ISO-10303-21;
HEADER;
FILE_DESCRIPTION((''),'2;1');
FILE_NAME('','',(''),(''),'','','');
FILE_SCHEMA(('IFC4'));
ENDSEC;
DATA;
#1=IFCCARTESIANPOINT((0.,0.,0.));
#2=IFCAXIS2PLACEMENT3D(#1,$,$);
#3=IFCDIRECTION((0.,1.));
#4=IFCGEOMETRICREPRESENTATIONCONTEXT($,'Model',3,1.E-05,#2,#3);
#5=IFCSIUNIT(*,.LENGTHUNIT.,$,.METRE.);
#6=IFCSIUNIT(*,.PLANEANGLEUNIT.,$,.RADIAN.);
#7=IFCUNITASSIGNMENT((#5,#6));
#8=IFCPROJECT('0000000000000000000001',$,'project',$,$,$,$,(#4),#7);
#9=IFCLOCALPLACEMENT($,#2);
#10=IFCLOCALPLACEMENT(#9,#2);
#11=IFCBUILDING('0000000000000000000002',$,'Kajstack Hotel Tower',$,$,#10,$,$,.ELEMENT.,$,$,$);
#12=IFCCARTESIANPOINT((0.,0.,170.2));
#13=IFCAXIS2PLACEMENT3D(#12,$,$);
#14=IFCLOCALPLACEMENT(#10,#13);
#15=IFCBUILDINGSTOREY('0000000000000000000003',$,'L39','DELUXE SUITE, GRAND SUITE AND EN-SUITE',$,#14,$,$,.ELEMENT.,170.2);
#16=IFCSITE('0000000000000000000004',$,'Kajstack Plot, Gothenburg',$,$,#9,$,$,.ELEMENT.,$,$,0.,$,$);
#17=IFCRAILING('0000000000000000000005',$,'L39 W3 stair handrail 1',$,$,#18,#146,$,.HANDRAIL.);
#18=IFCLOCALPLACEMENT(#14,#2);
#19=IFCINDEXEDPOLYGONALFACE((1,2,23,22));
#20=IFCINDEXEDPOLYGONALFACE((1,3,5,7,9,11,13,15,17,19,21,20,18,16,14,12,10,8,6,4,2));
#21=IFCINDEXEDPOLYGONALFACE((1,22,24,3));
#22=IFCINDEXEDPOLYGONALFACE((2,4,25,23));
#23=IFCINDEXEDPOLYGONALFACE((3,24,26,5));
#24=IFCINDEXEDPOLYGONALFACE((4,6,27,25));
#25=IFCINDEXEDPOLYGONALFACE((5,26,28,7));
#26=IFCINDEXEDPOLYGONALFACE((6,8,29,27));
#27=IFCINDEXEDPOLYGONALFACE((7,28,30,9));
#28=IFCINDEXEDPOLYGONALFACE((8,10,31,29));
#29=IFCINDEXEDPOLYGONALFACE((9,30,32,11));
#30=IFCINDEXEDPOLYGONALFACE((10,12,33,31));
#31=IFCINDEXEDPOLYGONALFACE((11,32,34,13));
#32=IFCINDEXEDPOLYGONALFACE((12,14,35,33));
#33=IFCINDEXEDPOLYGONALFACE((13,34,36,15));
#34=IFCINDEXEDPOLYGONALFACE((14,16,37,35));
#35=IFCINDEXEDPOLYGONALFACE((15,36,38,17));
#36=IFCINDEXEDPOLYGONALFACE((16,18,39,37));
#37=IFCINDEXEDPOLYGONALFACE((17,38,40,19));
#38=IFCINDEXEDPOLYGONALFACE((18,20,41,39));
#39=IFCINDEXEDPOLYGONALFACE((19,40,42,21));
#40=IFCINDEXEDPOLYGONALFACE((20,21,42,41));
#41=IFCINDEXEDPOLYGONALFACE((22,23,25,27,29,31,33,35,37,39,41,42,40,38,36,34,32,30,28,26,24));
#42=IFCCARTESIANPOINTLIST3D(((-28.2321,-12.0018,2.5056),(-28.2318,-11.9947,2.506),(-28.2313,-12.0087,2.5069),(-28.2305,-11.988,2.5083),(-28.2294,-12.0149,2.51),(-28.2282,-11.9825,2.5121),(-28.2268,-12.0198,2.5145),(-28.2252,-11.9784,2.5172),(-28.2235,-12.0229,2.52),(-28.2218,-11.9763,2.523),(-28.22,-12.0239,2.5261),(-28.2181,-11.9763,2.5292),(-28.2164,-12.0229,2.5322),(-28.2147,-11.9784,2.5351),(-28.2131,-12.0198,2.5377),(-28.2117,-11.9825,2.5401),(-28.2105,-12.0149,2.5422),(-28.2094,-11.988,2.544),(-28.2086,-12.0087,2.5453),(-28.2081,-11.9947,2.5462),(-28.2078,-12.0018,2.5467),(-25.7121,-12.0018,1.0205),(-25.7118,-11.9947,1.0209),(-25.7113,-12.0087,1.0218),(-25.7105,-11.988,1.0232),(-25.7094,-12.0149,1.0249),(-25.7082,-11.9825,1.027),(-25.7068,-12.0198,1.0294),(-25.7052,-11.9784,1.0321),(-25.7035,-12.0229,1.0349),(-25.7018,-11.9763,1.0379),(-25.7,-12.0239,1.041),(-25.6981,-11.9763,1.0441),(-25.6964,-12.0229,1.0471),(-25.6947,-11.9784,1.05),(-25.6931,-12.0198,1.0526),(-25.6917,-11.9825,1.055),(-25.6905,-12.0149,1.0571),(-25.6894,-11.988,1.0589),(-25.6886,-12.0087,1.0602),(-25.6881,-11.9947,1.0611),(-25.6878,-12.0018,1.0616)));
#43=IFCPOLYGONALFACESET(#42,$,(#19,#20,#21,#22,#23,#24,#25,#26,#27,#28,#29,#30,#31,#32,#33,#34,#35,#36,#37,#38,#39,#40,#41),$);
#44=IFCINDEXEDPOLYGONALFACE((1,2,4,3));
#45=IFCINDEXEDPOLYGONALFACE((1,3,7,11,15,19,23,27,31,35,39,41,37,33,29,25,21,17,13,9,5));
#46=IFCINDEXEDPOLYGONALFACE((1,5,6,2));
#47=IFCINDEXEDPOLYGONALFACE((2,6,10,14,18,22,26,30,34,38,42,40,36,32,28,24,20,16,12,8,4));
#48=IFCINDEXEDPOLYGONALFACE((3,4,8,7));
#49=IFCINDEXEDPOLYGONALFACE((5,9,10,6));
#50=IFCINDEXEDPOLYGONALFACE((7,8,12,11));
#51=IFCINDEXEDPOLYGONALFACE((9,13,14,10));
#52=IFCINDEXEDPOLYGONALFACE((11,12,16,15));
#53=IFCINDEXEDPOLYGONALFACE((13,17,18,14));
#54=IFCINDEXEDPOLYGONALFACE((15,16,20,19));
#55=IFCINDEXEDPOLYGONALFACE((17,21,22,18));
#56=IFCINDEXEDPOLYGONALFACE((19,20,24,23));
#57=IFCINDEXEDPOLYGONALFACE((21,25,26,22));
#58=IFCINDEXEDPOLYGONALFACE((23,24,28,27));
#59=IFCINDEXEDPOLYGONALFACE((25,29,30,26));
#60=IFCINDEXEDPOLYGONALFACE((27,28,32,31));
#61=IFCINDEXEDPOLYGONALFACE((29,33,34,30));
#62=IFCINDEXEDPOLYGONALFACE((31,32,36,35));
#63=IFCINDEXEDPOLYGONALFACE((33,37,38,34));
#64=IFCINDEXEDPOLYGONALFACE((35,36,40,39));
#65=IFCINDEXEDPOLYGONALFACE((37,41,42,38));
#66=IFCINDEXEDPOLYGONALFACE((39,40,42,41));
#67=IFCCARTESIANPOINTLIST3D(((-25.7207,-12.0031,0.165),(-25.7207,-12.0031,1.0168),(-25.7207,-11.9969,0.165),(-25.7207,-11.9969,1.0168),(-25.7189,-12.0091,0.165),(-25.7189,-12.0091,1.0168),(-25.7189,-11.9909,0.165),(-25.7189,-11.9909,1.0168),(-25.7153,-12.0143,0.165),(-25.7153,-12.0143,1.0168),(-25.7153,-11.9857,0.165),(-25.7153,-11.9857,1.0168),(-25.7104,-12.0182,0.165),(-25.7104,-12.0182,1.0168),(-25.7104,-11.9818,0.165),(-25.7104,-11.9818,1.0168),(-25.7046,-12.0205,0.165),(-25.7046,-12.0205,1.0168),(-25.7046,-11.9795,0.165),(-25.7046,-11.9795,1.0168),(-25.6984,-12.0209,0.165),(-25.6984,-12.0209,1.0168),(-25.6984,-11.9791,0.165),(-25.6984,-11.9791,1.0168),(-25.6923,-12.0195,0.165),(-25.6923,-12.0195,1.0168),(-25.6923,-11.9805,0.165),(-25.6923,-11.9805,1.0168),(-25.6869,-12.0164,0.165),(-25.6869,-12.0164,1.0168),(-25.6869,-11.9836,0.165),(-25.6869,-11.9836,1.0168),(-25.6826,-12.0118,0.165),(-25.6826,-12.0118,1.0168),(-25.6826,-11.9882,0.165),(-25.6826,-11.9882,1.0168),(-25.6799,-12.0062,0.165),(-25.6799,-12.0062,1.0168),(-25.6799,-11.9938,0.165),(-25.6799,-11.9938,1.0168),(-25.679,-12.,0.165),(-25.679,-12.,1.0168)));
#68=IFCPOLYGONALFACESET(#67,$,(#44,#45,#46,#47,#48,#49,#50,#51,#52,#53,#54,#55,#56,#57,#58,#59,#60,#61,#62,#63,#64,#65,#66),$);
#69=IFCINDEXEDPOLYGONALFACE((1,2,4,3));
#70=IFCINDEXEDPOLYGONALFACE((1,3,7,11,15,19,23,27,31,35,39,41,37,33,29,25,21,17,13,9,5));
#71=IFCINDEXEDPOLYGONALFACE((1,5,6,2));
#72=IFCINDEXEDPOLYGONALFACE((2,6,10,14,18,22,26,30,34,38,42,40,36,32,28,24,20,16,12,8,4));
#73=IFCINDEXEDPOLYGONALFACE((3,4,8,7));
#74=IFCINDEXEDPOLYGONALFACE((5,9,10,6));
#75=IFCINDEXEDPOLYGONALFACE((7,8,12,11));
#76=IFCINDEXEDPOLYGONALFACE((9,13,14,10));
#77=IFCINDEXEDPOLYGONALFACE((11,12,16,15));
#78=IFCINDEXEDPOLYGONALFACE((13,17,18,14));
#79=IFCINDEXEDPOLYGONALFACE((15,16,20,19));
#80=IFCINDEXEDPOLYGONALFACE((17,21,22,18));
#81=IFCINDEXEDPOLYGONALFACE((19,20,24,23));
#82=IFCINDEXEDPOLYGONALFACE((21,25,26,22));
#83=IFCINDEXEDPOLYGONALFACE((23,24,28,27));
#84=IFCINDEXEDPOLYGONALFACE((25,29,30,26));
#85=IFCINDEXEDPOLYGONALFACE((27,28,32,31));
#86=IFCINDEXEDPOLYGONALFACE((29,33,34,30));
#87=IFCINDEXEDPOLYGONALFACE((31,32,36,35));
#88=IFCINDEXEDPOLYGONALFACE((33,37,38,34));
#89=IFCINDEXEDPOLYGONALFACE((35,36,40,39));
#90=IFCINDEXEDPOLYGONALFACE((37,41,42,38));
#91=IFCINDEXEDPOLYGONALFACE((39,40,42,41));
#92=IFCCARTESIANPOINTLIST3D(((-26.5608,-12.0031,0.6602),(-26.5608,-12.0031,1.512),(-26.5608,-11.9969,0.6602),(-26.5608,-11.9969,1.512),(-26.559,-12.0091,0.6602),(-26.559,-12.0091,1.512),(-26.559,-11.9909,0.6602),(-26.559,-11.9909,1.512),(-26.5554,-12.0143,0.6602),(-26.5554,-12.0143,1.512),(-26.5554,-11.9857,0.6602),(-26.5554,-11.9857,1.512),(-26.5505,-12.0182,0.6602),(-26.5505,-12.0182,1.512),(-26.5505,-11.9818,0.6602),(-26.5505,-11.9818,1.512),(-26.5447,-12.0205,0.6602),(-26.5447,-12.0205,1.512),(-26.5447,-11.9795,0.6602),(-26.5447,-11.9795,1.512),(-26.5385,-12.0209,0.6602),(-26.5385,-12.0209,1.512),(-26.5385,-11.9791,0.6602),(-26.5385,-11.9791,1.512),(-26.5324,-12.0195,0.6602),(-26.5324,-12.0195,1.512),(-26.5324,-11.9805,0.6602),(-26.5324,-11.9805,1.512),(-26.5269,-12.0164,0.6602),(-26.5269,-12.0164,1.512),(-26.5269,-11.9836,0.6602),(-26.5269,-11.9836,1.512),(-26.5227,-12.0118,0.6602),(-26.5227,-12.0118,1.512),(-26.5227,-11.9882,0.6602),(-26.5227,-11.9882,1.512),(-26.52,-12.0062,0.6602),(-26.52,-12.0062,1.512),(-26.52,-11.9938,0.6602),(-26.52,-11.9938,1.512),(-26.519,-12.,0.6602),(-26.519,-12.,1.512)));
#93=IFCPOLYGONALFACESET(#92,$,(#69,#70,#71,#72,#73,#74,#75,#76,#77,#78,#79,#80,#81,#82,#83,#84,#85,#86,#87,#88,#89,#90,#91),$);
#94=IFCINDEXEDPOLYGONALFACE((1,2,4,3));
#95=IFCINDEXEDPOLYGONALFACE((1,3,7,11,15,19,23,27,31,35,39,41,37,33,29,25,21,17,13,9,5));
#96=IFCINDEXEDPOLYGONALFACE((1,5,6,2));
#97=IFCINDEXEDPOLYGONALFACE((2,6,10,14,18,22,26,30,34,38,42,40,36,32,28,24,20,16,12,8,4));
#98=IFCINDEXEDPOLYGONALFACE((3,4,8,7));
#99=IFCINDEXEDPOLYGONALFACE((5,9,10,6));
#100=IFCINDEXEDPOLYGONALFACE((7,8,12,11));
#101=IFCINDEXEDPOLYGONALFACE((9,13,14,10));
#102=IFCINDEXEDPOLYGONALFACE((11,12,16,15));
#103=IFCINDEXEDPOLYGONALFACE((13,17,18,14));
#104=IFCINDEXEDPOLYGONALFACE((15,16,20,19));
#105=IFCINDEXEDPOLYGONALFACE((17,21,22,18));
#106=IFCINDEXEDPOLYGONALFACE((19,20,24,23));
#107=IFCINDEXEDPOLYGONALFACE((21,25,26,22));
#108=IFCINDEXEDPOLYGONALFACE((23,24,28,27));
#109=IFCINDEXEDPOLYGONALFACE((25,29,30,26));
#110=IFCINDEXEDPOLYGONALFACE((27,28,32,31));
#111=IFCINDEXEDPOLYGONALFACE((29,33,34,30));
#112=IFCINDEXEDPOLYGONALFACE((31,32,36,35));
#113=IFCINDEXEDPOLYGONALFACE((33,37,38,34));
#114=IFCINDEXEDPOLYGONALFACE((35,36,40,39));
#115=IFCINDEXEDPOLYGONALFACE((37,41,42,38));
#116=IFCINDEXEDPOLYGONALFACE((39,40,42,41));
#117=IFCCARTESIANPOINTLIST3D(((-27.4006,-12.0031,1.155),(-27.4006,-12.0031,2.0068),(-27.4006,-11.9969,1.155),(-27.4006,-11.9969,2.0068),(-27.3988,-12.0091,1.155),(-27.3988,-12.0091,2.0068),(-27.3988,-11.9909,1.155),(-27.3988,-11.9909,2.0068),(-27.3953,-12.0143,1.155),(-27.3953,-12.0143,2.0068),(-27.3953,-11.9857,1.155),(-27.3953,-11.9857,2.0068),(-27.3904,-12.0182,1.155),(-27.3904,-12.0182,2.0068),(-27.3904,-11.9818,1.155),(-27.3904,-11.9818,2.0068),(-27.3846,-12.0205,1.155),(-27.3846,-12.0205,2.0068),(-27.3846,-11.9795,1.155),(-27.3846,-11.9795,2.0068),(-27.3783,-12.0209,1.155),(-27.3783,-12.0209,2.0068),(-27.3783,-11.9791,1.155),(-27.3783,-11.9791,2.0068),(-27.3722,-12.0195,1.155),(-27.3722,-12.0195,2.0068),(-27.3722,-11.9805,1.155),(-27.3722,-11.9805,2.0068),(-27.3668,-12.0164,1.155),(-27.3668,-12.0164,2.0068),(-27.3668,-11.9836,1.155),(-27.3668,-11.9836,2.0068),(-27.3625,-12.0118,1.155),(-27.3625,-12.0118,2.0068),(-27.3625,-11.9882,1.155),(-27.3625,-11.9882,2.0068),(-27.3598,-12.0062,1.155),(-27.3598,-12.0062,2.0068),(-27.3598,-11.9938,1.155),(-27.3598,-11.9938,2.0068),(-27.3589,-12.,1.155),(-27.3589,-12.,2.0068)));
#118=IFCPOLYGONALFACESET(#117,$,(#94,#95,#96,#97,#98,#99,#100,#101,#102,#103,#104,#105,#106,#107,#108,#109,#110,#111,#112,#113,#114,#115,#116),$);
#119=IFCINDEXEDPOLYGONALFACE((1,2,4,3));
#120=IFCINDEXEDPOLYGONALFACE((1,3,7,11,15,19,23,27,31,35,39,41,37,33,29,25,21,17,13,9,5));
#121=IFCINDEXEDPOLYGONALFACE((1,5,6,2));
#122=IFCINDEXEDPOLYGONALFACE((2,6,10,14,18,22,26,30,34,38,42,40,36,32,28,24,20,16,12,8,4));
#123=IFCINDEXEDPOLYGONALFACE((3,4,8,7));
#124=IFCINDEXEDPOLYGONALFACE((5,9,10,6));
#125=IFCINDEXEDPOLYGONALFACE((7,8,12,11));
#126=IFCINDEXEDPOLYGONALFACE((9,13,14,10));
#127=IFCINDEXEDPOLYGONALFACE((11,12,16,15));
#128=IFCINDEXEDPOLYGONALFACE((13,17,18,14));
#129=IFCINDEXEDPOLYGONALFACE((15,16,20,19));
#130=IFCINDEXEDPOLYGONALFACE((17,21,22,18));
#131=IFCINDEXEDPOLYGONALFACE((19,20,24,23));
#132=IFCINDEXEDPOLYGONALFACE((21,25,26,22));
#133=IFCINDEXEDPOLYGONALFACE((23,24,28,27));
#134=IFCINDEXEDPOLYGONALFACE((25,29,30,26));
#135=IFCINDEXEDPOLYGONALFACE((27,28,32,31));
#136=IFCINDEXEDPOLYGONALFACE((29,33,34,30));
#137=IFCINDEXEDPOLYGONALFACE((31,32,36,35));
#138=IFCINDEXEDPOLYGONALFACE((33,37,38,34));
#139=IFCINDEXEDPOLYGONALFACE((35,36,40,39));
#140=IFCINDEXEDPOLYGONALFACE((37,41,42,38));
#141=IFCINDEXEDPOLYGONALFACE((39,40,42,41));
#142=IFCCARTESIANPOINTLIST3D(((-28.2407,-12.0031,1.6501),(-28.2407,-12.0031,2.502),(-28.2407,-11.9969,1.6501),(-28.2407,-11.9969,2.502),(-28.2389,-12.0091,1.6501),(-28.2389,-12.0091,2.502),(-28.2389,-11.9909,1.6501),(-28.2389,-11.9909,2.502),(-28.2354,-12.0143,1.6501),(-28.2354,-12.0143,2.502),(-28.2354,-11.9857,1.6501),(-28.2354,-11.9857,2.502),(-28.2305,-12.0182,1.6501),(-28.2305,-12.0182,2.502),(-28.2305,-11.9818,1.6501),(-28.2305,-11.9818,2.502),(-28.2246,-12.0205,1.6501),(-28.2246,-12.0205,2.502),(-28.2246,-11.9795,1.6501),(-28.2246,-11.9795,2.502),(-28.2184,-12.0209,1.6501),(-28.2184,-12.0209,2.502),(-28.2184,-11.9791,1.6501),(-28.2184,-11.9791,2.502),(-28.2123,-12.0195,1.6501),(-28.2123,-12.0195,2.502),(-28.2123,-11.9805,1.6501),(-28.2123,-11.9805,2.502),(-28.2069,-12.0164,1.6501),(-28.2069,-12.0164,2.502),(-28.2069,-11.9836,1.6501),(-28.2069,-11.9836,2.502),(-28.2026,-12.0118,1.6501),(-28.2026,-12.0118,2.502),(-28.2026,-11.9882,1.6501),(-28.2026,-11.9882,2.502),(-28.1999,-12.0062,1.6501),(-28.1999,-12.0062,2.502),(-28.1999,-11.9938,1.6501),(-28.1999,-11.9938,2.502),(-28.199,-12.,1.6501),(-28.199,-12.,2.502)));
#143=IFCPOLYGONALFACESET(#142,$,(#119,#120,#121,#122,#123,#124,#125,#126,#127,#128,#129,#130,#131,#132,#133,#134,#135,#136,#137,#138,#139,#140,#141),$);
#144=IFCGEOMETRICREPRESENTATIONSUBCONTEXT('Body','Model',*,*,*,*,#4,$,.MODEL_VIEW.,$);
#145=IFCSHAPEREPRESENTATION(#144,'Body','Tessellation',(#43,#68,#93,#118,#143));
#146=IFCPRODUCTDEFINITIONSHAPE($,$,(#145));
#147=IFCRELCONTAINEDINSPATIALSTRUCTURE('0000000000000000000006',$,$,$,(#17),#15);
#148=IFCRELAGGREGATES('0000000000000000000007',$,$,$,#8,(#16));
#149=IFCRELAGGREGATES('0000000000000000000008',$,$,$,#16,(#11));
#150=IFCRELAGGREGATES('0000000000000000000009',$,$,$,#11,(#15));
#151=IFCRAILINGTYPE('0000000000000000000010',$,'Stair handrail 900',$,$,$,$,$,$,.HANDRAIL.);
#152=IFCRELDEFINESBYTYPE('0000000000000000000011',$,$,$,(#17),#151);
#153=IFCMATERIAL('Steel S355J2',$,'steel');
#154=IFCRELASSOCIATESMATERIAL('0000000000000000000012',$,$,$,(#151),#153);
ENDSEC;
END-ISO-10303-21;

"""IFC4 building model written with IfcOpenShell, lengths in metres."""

from ifc_helpers import new_model, si_unit, direction, frame, origin, origin_2d, place, context, subcontext, project, spatial, circle, extrude, material, type_object, element, save


model = new_model("IFC4")

# Units and contexts
model_context = context("Model", 3, precision=1e-05, world=origin(), true_north=direction((0.0, 1.0)))
body_context = subcontext(model_context, "Body", "Model", "MODEL_VIEW")
ifc_project = project(units=[si_unit("LENGTHUNIT", "METRE"), si_unit("PLANEANGLEUNIT", "RADIAN")], contexts=[model_context])

# Site, building, storey
site_placement = place(None, origin())
site = spatial("IfcSite", under=ifc_project, at=site_placement, Name="Kajstack Plot, Gothenburg", CompositionType="ELEMENT", RefElevation=0.0)
building_placement = place(site_placement, origin())
building = spatial("IfcBuilding", under=site, at=building_placement, Name="Kajstack Hotel Tower", CompositionType="ELEMENT")
storey_placement = place(building_placement, frame((0.0, 0.0, 170.2)))
storey = spatial("IfcBuildingStorey", under=building, at=storey_placement, Name="L39", Description="DELUXE SUITE, GRAND SUITE AND EN-SUITE", CompositionType="ELEMENT", Elevation=170.2)

# Railing
ifc_material_1 = material(Name="Steel S355J2", Category="steel")
railing_type_1 = type_object("IfcRailingType", Name="Stair handrail 900", PredefinedType="HANDRAIL", material=ifc_material_1)
railing_1_placement = place(storey_placement, frame((-25.7, -12.0, 0.165)))
element("IfcRailing", 1, at=railing_1_placement, inside=storey, type_object=railing_type_1, Name="L39 W3 stair handrail 1", PredefinedType="HANDRAIL", context=body_context, shape_type="SweptSolid", body=[
    extrude(circle(Radius=0.0239, at=origin_2d()), frame((0.0, 0.0, 0.876), z_axis=(-0.861524, 0.0, 0.507717), x_axis=(0.0, -1.0, 0.0)), (0.0, 0.0, 1.0), 2.925),
    extrude(circle(Radius=0.021, at=origin_2d()), origin(), (0.0, 0.0, 1.0), 0.8518),
    extrude(circle(Radius=0.021, at=origin_2d()), frame((-0.8401, 0.0, 0.4951)), (0.0, 0.0, 1.0), 0.8518),
    extrude(circle(Radius=0.021, at=origin_2d()), frame((-1.6799, 0.0, 0.99)), (0.0, 0.0, 1.0), 0.8518),
    extrude(circle(Radius=0.021, at=origin_2d()), frame((-2.52, 0.0, 1.4851)), (0.0, 0.0, 1.0), 0.8518),
])

save(model, "model.ifc")
